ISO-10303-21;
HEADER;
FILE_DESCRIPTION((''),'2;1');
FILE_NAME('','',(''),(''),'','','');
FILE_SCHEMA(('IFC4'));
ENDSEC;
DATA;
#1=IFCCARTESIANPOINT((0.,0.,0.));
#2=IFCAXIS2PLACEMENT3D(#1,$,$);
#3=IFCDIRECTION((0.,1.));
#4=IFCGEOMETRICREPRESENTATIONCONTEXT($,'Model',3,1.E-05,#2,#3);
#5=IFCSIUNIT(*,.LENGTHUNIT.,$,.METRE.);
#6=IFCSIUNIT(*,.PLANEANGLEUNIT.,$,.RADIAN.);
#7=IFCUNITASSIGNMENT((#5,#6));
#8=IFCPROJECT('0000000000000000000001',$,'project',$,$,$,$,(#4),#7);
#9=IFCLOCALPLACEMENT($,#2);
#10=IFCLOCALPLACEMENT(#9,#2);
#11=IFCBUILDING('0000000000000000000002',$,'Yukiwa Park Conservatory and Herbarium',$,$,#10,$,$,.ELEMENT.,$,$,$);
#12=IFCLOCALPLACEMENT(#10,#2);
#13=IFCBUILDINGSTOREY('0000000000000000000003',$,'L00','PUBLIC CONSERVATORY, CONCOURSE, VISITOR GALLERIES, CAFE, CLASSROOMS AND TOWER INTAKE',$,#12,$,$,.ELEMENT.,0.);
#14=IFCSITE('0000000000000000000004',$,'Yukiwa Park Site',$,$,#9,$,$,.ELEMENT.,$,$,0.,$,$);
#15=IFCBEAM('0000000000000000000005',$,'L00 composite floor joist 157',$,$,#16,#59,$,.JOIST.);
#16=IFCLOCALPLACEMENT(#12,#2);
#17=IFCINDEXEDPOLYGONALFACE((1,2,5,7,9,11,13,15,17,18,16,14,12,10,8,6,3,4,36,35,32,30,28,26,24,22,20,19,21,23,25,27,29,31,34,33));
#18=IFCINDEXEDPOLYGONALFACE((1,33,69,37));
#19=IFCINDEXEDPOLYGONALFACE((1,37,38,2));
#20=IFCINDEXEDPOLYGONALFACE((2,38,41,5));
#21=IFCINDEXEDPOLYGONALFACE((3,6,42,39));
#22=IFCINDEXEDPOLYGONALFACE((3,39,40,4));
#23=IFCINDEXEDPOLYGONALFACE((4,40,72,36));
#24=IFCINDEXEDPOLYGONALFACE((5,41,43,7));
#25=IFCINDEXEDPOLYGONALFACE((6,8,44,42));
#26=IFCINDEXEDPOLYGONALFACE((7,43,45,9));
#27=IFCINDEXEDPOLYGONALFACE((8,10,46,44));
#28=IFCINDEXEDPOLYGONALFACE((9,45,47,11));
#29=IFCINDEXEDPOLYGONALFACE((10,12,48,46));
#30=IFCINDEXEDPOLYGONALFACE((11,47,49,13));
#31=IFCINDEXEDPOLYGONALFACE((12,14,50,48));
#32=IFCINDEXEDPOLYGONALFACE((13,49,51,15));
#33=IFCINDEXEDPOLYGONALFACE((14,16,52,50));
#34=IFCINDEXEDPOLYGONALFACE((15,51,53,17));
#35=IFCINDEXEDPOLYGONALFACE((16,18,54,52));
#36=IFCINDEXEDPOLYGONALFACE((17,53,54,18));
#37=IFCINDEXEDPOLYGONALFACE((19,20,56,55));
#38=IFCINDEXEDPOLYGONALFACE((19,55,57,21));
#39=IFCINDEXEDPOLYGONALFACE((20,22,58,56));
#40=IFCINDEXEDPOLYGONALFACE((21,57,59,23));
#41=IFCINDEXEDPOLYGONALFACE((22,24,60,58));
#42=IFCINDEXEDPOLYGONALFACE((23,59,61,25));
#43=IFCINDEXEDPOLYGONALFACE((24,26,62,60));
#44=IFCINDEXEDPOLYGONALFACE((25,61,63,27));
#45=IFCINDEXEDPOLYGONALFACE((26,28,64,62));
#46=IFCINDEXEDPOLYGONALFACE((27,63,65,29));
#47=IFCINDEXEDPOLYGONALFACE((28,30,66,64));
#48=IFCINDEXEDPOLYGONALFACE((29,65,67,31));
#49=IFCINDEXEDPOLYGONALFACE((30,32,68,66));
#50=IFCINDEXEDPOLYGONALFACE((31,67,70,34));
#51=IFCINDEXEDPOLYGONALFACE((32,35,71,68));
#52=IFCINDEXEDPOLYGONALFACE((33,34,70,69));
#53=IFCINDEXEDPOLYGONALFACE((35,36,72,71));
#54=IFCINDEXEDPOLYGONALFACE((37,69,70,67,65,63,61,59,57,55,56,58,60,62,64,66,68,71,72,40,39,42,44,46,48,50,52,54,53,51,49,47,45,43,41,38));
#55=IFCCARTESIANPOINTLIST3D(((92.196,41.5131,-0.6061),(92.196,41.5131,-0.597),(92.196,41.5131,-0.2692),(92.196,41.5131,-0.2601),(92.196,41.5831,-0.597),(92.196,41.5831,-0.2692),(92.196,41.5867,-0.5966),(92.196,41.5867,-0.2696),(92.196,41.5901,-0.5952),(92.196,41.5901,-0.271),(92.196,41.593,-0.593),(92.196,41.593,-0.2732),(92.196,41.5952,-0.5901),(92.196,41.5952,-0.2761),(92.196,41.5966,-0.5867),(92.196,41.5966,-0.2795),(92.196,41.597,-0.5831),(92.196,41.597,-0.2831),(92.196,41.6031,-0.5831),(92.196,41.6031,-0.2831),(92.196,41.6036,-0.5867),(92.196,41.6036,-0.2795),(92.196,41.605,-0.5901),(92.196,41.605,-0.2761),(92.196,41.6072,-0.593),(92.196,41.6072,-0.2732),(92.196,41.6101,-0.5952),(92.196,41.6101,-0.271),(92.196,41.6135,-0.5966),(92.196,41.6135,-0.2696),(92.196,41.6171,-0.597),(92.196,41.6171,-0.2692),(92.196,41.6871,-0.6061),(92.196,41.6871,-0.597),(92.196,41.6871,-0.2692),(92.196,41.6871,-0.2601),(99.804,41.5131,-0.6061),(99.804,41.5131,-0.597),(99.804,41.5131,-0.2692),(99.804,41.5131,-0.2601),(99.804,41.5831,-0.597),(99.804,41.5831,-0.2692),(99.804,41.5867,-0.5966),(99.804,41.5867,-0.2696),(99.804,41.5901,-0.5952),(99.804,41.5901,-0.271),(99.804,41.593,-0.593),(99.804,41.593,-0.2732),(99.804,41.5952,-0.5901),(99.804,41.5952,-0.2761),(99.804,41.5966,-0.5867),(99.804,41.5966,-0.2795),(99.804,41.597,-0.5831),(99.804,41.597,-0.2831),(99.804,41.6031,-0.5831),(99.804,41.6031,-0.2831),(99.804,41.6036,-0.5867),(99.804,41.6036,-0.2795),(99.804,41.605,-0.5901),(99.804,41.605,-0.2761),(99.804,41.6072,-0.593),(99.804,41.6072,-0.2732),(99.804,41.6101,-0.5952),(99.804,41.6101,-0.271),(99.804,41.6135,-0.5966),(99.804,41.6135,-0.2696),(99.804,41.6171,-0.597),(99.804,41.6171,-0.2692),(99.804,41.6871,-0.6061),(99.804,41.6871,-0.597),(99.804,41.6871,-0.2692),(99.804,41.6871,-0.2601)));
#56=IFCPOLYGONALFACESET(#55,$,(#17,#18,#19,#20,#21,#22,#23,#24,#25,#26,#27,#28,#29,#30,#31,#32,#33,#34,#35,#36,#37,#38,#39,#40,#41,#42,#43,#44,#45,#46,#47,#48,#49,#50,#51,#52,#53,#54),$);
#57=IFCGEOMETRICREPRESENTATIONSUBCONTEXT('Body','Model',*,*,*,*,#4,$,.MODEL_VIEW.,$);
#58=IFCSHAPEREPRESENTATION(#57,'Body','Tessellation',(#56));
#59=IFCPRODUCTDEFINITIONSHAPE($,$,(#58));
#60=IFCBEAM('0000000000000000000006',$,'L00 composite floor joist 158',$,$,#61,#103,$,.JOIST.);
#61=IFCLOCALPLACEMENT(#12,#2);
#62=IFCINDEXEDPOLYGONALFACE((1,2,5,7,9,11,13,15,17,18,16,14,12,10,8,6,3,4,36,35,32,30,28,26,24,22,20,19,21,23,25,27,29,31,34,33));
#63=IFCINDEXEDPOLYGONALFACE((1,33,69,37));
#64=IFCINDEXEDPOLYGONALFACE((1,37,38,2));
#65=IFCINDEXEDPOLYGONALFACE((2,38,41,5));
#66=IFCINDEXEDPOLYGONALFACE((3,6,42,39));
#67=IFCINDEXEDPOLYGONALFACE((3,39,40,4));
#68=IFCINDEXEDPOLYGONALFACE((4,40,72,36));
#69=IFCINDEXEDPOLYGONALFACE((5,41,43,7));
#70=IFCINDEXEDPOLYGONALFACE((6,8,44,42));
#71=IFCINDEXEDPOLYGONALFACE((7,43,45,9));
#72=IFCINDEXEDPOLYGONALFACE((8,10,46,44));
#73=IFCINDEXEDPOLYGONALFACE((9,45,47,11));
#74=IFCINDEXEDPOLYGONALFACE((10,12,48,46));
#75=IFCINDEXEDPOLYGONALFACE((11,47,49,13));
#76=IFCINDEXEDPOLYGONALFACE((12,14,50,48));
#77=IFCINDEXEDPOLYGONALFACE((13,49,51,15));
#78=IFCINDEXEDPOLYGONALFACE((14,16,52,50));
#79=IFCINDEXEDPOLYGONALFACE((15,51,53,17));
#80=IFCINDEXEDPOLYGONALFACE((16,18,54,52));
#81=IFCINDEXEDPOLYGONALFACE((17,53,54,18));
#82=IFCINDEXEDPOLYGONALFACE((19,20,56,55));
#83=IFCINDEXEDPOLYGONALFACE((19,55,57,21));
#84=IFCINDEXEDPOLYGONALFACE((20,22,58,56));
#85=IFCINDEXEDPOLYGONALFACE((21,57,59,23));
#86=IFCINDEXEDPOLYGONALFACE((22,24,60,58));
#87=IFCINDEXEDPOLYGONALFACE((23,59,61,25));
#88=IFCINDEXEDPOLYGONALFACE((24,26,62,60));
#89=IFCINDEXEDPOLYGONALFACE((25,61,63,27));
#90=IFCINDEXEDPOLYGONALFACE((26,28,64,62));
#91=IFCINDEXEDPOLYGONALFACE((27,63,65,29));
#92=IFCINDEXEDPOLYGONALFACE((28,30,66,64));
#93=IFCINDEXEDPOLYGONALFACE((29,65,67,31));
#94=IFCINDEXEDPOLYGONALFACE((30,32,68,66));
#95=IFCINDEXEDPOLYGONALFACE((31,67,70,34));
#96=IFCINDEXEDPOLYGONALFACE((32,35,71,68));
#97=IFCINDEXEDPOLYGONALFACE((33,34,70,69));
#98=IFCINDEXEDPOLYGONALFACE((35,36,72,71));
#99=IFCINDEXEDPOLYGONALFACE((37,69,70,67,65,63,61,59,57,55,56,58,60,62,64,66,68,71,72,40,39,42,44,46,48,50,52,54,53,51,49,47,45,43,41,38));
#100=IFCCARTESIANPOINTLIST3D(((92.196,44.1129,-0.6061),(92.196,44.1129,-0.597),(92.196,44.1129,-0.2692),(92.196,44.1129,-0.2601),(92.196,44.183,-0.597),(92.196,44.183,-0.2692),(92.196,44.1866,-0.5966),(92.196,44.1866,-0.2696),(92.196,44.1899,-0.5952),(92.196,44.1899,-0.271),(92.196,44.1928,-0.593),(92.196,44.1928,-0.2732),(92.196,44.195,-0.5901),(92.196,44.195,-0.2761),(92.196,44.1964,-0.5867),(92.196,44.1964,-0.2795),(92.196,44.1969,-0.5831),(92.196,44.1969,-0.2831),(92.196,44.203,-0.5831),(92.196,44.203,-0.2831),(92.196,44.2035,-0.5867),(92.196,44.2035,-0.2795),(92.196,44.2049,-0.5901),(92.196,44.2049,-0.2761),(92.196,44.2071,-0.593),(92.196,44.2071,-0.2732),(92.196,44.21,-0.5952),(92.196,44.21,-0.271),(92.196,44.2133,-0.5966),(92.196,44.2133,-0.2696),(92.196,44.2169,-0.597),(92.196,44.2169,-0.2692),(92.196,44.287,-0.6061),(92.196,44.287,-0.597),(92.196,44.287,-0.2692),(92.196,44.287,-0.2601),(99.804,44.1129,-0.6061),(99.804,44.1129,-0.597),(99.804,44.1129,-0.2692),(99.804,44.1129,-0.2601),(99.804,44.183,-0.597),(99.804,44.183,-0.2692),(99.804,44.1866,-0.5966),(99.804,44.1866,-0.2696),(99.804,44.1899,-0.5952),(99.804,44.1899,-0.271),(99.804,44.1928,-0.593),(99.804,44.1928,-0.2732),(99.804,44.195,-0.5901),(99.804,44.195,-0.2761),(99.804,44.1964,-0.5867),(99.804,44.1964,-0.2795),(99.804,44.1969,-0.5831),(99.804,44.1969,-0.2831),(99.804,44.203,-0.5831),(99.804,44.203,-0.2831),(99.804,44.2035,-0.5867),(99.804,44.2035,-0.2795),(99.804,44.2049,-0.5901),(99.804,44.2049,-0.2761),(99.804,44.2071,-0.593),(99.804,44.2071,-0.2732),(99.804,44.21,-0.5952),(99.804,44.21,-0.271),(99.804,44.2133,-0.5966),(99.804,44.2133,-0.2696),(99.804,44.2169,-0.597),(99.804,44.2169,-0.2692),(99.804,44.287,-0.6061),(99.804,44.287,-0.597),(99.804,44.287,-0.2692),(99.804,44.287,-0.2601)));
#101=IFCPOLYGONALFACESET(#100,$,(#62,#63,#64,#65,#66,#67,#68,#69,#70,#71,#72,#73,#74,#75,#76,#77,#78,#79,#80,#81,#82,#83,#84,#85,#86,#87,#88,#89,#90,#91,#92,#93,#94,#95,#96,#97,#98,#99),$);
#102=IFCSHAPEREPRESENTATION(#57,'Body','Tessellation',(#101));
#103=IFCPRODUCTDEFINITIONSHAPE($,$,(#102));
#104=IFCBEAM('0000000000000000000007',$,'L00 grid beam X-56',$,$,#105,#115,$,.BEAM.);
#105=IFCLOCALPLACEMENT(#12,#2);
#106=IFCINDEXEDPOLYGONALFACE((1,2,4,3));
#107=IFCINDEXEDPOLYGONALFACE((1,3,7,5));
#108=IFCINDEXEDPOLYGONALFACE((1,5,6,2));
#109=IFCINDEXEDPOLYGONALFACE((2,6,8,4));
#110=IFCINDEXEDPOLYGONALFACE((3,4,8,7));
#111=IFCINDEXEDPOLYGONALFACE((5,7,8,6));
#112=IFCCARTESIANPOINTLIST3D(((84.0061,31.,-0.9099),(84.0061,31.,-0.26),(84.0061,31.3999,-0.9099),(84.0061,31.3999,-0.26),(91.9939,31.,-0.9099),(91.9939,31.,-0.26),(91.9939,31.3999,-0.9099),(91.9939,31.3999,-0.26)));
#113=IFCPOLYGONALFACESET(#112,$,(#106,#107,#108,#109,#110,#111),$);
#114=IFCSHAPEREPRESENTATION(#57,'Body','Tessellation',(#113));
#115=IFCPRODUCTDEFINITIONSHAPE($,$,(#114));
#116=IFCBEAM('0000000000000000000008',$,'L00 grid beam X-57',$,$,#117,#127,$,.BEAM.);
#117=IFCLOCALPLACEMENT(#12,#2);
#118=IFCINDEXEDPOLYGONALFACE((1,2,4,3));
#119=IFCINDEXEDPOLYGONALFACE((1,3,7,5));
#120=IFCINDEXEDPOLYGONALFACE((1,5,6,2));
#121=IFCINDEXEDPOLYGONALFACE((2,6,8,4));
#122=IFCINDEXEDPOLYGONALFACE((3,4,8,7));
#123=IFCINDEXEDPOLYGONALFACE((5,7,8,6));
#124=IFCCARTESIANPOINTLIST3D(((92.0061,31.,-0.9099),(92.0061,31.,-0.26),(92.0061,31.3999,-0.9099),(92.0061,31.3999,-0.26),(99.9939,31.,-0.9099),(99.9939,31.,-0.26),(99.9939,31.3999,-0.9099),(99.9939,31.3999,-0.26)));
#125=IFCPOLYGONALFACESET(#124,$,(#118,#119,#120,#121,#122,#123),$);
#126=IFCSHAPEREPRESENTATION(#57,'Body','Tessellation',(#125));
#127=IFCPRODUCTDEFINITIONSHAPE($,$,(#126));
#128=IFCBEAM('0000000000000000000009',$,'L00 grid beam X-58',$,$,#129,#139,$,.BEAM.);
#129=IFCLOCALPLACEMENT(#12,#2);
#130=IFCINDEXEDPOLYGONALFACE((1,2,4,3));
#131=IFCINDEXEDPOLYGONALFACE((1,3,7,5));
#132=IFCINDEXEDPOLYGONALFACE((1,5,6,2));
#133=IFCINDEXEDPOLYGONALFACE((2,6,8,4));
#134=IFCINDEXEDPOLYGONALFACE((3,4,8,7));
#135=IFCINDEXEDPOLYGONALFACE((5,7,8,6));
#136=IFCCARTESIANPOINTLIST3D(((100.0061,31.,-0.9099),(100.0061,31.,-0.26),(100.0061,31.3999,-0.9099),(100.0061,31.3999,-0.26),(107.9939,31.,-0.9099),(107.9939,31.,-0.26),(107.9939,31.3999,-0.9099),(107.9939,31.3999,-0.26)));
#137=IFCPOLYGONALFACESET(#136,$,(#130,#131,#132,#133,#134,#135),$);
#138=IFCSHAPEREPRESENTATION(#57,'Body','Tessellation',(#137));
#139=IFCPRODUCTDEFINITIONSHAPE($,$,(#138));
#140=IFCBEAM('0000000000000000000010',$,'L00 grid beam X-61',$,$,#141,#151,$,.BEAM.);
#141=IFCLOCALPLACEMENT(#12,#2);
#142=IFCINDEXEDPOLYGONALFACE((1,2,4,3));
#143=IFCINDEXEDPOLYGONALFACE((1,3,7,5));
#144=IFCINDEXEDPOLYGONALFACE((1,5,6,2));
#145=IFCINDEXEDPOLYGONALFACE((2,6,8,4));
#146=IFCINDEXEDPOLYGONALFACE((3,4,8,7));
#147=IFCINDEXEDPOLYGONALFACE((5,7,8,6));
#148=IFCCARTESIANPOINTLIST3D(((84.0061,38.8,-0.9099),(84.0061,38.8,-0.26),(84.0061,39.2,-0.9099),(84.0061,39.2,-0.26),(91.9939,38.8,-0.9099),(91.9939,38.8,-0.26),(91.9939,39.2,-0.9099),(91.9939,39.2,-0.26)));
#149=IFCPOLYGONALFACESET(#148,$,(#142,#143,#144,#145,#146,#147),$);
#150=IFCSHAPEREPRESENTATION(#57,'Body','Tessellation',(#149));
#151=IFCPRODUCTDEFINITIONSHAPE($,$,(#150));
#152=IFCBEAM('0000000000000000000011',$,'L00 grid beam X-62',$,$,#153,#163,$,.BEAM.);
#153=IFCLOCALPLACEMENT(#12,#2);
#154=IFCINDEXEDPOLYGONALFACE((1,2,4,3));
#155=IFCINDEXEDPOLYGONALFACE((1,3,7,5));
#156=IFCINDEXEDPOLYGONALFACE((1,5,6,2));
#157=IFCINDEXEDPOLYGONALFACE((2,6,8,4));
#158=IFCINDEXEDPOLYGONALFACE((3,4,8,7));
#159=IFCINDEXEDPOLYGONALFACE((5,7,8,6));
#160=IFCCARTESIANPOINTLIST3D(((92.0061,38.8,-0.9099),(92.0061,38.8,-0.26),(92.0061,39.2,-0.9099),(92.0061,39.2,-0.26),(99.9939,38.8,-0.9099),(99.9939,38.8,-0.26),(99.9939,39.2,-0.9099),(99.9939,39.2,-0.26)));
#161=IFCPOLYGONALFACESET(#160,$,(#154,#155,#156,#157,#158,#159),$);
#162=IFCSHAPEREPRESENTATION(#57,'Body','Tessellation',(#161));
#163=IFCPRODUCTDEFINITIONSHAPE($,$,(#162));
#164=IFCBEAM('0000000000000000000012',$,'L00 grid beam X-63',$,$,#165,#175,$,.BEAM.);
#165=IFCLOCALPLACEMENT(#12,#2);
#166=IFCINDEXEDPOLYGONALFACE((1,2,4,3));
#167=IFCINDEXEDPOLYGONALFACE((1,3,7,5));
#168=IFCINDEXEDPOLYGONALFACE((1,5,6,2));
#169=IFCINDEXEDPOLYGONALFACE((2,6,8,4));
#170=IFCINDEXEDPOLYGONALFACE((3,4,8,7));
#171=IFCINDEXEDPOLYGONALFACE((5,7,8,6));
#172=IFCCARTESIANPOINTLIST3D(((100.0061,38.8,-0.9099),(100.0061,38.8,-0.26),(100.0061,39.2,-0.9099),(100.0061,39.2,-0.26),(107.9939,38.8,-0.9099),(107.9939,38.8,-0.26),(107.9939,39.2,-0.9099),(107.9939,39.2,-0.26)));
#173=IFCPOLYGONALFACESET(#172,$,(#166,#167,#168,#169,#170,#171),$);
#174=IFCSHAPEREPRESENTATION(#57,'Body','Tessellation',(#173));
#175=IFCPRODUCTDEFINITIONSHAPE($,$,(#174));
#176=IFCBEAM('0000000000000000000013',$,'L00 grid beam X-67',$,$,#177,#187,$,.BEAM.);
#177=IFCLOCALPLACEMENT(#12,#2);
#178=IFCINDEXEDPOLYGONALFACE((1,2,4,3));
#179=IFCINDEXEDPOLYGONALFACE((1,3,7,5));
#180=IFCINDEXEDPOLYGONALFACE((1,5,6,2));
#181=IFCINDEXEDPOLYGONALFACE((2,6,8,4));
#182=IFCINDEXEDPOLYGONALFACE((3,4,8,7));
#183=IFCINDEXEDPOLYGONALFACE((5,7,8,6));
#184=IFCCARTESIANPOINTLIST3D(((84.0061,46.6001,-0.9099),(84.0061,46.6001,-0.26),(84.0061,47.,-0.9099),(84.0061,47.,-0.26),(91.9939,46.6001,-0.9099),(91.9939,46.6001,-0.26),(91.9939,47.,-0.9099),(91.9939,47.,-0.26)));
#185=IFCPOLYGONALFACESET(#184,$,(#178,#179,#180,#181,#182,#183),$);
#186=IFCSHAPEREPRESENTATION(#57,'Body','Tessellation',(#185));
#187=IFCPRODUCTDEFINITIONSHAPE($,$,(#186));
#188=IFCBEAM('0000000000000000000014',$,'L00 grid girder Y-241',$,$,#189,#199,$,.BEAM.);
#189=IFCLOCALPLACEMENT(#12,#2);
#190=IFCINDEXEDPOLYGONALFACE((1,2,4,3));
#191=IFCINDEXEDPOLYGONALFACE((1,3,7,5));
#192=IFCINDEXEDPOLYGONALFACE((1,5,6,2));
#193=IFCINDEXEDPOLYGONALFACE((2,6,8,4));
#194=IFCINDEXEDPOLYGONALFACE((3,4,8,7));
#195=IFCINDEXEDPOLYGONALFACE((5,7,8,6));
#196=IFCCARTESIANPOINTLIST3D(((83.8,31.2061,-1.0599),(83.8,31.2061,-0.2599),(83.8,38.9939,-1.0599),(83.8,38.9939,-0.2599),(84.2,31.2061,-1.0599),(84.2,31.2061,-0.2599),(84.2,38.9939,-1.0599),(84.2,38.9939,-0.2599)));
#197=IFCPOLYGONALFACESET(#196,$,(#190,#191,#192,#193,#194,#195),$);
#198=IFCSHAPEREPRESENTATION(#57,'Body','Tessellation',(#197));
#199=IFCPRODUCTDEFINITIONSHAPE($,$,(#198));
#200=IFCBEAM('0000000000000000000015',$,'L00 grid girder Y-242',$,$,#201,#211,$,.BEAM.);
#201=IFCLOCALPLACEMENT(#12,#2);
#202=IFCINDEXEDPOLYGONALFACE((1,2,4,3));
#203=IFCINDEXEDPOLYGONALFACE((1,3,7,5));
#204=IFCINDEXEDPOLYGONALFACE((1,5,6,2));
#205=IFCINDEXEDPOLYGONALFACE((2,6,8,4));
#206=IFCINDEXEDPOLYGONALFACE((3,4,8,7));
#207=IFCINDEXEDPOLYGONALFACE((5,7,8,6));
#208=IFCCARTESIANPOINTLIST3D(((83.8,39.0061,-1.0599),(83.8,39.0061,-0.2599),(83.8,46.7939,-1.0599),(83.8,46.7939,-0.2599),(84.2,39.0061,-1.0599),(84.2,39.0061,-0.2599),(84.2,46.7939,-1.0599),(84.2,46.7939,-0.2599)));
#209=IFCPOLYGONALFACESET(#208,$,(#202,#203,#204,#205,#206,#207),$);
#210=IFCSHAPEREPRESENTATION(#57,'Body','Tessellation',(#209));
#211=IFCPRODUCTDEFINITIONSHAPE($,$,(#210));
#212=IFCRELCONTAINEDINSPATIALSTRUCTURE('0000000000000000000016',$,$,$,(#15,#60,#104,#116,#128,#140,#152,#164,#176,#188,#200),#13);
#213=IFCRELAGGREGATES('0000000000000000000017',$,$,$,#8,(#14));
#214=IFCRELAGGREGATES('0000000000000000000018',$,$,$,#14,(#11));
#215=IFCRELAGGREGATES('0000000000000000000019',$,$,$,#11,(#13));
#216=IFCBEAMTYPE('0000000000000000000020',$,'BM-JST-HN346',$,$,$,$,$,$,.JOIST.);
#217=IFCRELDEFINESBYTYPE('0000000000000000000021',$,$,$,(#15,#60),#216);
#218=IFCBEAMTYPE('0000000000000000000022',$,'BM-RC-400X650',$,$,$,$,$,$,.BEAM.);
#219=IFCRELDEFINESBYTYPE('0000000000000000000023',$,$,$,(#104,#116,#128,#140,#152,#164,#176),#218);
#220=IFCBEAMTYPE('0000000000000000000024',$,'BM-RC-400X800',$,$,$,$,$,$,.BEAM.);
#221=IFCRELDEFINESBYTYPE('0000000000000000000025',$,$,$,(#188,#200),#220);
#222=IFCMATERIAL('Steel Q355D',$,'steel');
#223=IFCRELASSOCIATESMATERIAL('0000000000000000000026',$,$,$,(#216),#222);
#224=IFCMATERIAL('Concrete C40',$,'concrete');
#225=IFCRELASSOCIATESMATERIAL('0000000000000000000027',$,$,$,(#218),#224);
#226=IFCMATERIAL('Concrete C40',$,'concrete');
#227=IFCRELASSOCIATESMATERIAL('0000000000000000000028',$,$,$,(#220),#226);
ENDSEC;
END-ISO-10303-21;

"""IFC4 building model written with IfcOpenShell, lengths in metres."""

from ifc_helpers import new_model, si_unit, direction, frame, origin, origin_2d, place, context, subcontext, project, spatial, rectangle, i_section, extrude, material, material_profile, profile_set, type_object, element, save


model = new_model("IFC4")

# Units and contexts
model_context = context("Model", 3, precision=1e-05, world=origin(), true_north=direction((0.0, 1.0)))
body_context = subcontext(model_context, "Body", "Model", "MODEL_VIEW")
ifc_project = project(units=[si_unit("LENGTHUNIT", "METRE"), si_unit("PLANEANGLEUNIT", "RADIAN")], contexts=[model_context])

# Site, building, storey
site_placement = place(None, origin())
site = spatial("IfcSite", under=ifc_project, at=site_placement, Name="Yukiwa Park Site", CompositionType="ELEMENT", RefElevation=0.0)
building_placement = place(site_placement, origin())
building = spatial("IfcBuilding", under=site, at=building_placement, Name="Yukiwa Park Conservatory and Herbarium", CompositionType="ELEMENT")
storey_placement = place(building_placement, origin())
storey = spatial("IfcBuildingStorey", under=building, at=storey_placement, Name="L00", Description="PUBLIC CONSERVATORY, CONCOURSE, VISITOR GALLERIES, CAFE, CLASSROOMS AND TOWER INTAKE", CompositionType="ELEMENT", Elevation=0.0)

# Beams
ifc_material_1 = material(Name="Steel Q355D", Category="steel")
ifc_material_profile_1 = material_profile(ifc_material_1, i_section(OverallWidth=0.1741, OverallDepth=0.3459, WebThickness=0.0061, FlangeThickness=0.009, FilletRadius=0.0139, at=origin_2d()), Name="HN 346x174x6x9")
ifc_profile_set_1 = profile_set([ifc_material_profile_1], Name="Steel Q355D")
beam_type_1 = type_object("IfcBeamType", Name="BM-JST-HN346", PredefinedType="JOIST", material=ifc_profile_set_1)
for number, where, z_axis, x_axis, name in (
    (1, (92.196, 41.6001, -0.4331), (1.0, 0.0, 0.0), (0.0, 1.0, 0.0), "L00 composite floor joist 157"),
    (2, (92.196, 44.2, -0.4331), (1.0, 0.0, 0.0), (0.0, 1.0, 0.0), "L00 composite floor joist 158"),
):
    element("IfcBeam", number, at=place(storey_placement, frame(where, z_axis=z_axis, x_axis=x_axis)), inside=storey, type_object=beam_type_1, Name=name, PredefinedType="JOIST", context=body_context, shape_type="SweptSolid", body=[
        extrude(i_section(OverallWidth=0.1741, OverallDepth=0.3459, WebThickness=0.0061, FlangeThickness=0.009, FilletRadius=0.0139, at=origin_2d()), origin(), (0.0, 0.0, 1.0), 7.6079),
    ])
ifc_material_2 = material(Name="Concrete C40", Category="concrete")
ifc_material_profile_2 = material_profile(ifc_material_2, rectangle(XDim=0.3999, YDim=0.6499, at=origin_2d()), Name="RC 400x650")
ifc_profile_set_2 = profile_set([ifc_material_profile_2], Name="Concrete C40")
beam_type_2 = type_object("IfcBeamType", Name="BM-RC-400X650", PredefinedType="BEAM", material=ifc_profile_set_2)
for number, where, z_axis, x_axis, name in (
    (3, (84.0061, 31.2, -0.585), (1.0, 0.0, 0.0), (0.0, 1.0, 0.0), "L00 grid beam X-56"),
    (4, (92.0061, 31.2, -0.585), (1.0, 0.0, 0.0), (0.0, 1.0, 0.0), "L00 grid beam X-57"),
    (5, (100.0061, 31.2, -0.585), (1.0, 0.0, 0.0), (0.0, 1.0, 0.0), "L00 grid beam X-58"),
    (6, (84.0061, 39.0, -0.585), (1.0, 0.0, 0.0), (0.0, 1.0, 0.0), "L00 grid beam X-61"),
    (7, (92.0061, 39.0, -0.585), (1.0, 0.0, 0.0), (0.0, 1.0, 0.0), "L00 grid beam X-62"),
    (8, (100.0061, 39.0, -0.585), (1.0, 0.0, 0.0), (0.0, 1.0, 0.0), "L00 grid beam X-63"),
    (9, (84.0061, 46.8, -0.585), (1.0, 0.0, 0.0), (0.0, 1.0, 0.0), "L00 grid beam X-67"),
):
    element("IfcBeam", number, at=place(storey_placement, frame(where, z_axis=z_axis, x_axis=x_axis)), inside=storey, type_object=beam_type_2, Name=name, PredefinedType="BEAM", context=body_context, shape_type="SweptSolid", body=[
        extrude(rectangle(XDim=0.3999, YDim=0.6499, at=origin_2d()), origin(), (0.0, 0.0, 1.0), 7.9878),
    ])
ifc_material_3 = material(Name="Concrete C40", Category="concrete")
ifc_material_profile_3 = material_profile(ifc_material_3, rectangle(XDim=0.3999, YDim=0.8, at=origin_2d()), Name="RC 400x800")
ifc_profile_set_3 = profile_set([ifc_material_profile_3], Name="Concrete C40")
beam_type_3 = type_object("IfcBeamType", Name="BM-RC-400X800", PredefinedType="BEAM", material=ifc_profile_set_3)
for number, where, z_axis, x_axis, name in (
    (10, (84.0, 31.2061, -0.6599), (0.0, 1.0, 0.0), (-1.0, 0.0, 0.0), "L00 grid girder Y-241"),
    (11, (84.0, 39.0061, -0.6599), (0.0, 1.0, 0.0), (-1.0, 0.0, 0.0), "L00 grid girder Y-242"),
):
    element("IfcBeam", number, at=place(storey_placement, frame(where, z_axis=z_axis, x_axis=x_axis)), inside=storey, type_object=beam_type_3, Name=name, PredefinedType="BEAM", context=body_context, shape_type="SweptSolid", body=[
        extrude(rectangle(XDim=0.3999, YDim=0.8, at=origin_2d()), origin(), (0.0, 0.0, 1.0), 7.7878),
    ])

save(model, "model.ifc")
